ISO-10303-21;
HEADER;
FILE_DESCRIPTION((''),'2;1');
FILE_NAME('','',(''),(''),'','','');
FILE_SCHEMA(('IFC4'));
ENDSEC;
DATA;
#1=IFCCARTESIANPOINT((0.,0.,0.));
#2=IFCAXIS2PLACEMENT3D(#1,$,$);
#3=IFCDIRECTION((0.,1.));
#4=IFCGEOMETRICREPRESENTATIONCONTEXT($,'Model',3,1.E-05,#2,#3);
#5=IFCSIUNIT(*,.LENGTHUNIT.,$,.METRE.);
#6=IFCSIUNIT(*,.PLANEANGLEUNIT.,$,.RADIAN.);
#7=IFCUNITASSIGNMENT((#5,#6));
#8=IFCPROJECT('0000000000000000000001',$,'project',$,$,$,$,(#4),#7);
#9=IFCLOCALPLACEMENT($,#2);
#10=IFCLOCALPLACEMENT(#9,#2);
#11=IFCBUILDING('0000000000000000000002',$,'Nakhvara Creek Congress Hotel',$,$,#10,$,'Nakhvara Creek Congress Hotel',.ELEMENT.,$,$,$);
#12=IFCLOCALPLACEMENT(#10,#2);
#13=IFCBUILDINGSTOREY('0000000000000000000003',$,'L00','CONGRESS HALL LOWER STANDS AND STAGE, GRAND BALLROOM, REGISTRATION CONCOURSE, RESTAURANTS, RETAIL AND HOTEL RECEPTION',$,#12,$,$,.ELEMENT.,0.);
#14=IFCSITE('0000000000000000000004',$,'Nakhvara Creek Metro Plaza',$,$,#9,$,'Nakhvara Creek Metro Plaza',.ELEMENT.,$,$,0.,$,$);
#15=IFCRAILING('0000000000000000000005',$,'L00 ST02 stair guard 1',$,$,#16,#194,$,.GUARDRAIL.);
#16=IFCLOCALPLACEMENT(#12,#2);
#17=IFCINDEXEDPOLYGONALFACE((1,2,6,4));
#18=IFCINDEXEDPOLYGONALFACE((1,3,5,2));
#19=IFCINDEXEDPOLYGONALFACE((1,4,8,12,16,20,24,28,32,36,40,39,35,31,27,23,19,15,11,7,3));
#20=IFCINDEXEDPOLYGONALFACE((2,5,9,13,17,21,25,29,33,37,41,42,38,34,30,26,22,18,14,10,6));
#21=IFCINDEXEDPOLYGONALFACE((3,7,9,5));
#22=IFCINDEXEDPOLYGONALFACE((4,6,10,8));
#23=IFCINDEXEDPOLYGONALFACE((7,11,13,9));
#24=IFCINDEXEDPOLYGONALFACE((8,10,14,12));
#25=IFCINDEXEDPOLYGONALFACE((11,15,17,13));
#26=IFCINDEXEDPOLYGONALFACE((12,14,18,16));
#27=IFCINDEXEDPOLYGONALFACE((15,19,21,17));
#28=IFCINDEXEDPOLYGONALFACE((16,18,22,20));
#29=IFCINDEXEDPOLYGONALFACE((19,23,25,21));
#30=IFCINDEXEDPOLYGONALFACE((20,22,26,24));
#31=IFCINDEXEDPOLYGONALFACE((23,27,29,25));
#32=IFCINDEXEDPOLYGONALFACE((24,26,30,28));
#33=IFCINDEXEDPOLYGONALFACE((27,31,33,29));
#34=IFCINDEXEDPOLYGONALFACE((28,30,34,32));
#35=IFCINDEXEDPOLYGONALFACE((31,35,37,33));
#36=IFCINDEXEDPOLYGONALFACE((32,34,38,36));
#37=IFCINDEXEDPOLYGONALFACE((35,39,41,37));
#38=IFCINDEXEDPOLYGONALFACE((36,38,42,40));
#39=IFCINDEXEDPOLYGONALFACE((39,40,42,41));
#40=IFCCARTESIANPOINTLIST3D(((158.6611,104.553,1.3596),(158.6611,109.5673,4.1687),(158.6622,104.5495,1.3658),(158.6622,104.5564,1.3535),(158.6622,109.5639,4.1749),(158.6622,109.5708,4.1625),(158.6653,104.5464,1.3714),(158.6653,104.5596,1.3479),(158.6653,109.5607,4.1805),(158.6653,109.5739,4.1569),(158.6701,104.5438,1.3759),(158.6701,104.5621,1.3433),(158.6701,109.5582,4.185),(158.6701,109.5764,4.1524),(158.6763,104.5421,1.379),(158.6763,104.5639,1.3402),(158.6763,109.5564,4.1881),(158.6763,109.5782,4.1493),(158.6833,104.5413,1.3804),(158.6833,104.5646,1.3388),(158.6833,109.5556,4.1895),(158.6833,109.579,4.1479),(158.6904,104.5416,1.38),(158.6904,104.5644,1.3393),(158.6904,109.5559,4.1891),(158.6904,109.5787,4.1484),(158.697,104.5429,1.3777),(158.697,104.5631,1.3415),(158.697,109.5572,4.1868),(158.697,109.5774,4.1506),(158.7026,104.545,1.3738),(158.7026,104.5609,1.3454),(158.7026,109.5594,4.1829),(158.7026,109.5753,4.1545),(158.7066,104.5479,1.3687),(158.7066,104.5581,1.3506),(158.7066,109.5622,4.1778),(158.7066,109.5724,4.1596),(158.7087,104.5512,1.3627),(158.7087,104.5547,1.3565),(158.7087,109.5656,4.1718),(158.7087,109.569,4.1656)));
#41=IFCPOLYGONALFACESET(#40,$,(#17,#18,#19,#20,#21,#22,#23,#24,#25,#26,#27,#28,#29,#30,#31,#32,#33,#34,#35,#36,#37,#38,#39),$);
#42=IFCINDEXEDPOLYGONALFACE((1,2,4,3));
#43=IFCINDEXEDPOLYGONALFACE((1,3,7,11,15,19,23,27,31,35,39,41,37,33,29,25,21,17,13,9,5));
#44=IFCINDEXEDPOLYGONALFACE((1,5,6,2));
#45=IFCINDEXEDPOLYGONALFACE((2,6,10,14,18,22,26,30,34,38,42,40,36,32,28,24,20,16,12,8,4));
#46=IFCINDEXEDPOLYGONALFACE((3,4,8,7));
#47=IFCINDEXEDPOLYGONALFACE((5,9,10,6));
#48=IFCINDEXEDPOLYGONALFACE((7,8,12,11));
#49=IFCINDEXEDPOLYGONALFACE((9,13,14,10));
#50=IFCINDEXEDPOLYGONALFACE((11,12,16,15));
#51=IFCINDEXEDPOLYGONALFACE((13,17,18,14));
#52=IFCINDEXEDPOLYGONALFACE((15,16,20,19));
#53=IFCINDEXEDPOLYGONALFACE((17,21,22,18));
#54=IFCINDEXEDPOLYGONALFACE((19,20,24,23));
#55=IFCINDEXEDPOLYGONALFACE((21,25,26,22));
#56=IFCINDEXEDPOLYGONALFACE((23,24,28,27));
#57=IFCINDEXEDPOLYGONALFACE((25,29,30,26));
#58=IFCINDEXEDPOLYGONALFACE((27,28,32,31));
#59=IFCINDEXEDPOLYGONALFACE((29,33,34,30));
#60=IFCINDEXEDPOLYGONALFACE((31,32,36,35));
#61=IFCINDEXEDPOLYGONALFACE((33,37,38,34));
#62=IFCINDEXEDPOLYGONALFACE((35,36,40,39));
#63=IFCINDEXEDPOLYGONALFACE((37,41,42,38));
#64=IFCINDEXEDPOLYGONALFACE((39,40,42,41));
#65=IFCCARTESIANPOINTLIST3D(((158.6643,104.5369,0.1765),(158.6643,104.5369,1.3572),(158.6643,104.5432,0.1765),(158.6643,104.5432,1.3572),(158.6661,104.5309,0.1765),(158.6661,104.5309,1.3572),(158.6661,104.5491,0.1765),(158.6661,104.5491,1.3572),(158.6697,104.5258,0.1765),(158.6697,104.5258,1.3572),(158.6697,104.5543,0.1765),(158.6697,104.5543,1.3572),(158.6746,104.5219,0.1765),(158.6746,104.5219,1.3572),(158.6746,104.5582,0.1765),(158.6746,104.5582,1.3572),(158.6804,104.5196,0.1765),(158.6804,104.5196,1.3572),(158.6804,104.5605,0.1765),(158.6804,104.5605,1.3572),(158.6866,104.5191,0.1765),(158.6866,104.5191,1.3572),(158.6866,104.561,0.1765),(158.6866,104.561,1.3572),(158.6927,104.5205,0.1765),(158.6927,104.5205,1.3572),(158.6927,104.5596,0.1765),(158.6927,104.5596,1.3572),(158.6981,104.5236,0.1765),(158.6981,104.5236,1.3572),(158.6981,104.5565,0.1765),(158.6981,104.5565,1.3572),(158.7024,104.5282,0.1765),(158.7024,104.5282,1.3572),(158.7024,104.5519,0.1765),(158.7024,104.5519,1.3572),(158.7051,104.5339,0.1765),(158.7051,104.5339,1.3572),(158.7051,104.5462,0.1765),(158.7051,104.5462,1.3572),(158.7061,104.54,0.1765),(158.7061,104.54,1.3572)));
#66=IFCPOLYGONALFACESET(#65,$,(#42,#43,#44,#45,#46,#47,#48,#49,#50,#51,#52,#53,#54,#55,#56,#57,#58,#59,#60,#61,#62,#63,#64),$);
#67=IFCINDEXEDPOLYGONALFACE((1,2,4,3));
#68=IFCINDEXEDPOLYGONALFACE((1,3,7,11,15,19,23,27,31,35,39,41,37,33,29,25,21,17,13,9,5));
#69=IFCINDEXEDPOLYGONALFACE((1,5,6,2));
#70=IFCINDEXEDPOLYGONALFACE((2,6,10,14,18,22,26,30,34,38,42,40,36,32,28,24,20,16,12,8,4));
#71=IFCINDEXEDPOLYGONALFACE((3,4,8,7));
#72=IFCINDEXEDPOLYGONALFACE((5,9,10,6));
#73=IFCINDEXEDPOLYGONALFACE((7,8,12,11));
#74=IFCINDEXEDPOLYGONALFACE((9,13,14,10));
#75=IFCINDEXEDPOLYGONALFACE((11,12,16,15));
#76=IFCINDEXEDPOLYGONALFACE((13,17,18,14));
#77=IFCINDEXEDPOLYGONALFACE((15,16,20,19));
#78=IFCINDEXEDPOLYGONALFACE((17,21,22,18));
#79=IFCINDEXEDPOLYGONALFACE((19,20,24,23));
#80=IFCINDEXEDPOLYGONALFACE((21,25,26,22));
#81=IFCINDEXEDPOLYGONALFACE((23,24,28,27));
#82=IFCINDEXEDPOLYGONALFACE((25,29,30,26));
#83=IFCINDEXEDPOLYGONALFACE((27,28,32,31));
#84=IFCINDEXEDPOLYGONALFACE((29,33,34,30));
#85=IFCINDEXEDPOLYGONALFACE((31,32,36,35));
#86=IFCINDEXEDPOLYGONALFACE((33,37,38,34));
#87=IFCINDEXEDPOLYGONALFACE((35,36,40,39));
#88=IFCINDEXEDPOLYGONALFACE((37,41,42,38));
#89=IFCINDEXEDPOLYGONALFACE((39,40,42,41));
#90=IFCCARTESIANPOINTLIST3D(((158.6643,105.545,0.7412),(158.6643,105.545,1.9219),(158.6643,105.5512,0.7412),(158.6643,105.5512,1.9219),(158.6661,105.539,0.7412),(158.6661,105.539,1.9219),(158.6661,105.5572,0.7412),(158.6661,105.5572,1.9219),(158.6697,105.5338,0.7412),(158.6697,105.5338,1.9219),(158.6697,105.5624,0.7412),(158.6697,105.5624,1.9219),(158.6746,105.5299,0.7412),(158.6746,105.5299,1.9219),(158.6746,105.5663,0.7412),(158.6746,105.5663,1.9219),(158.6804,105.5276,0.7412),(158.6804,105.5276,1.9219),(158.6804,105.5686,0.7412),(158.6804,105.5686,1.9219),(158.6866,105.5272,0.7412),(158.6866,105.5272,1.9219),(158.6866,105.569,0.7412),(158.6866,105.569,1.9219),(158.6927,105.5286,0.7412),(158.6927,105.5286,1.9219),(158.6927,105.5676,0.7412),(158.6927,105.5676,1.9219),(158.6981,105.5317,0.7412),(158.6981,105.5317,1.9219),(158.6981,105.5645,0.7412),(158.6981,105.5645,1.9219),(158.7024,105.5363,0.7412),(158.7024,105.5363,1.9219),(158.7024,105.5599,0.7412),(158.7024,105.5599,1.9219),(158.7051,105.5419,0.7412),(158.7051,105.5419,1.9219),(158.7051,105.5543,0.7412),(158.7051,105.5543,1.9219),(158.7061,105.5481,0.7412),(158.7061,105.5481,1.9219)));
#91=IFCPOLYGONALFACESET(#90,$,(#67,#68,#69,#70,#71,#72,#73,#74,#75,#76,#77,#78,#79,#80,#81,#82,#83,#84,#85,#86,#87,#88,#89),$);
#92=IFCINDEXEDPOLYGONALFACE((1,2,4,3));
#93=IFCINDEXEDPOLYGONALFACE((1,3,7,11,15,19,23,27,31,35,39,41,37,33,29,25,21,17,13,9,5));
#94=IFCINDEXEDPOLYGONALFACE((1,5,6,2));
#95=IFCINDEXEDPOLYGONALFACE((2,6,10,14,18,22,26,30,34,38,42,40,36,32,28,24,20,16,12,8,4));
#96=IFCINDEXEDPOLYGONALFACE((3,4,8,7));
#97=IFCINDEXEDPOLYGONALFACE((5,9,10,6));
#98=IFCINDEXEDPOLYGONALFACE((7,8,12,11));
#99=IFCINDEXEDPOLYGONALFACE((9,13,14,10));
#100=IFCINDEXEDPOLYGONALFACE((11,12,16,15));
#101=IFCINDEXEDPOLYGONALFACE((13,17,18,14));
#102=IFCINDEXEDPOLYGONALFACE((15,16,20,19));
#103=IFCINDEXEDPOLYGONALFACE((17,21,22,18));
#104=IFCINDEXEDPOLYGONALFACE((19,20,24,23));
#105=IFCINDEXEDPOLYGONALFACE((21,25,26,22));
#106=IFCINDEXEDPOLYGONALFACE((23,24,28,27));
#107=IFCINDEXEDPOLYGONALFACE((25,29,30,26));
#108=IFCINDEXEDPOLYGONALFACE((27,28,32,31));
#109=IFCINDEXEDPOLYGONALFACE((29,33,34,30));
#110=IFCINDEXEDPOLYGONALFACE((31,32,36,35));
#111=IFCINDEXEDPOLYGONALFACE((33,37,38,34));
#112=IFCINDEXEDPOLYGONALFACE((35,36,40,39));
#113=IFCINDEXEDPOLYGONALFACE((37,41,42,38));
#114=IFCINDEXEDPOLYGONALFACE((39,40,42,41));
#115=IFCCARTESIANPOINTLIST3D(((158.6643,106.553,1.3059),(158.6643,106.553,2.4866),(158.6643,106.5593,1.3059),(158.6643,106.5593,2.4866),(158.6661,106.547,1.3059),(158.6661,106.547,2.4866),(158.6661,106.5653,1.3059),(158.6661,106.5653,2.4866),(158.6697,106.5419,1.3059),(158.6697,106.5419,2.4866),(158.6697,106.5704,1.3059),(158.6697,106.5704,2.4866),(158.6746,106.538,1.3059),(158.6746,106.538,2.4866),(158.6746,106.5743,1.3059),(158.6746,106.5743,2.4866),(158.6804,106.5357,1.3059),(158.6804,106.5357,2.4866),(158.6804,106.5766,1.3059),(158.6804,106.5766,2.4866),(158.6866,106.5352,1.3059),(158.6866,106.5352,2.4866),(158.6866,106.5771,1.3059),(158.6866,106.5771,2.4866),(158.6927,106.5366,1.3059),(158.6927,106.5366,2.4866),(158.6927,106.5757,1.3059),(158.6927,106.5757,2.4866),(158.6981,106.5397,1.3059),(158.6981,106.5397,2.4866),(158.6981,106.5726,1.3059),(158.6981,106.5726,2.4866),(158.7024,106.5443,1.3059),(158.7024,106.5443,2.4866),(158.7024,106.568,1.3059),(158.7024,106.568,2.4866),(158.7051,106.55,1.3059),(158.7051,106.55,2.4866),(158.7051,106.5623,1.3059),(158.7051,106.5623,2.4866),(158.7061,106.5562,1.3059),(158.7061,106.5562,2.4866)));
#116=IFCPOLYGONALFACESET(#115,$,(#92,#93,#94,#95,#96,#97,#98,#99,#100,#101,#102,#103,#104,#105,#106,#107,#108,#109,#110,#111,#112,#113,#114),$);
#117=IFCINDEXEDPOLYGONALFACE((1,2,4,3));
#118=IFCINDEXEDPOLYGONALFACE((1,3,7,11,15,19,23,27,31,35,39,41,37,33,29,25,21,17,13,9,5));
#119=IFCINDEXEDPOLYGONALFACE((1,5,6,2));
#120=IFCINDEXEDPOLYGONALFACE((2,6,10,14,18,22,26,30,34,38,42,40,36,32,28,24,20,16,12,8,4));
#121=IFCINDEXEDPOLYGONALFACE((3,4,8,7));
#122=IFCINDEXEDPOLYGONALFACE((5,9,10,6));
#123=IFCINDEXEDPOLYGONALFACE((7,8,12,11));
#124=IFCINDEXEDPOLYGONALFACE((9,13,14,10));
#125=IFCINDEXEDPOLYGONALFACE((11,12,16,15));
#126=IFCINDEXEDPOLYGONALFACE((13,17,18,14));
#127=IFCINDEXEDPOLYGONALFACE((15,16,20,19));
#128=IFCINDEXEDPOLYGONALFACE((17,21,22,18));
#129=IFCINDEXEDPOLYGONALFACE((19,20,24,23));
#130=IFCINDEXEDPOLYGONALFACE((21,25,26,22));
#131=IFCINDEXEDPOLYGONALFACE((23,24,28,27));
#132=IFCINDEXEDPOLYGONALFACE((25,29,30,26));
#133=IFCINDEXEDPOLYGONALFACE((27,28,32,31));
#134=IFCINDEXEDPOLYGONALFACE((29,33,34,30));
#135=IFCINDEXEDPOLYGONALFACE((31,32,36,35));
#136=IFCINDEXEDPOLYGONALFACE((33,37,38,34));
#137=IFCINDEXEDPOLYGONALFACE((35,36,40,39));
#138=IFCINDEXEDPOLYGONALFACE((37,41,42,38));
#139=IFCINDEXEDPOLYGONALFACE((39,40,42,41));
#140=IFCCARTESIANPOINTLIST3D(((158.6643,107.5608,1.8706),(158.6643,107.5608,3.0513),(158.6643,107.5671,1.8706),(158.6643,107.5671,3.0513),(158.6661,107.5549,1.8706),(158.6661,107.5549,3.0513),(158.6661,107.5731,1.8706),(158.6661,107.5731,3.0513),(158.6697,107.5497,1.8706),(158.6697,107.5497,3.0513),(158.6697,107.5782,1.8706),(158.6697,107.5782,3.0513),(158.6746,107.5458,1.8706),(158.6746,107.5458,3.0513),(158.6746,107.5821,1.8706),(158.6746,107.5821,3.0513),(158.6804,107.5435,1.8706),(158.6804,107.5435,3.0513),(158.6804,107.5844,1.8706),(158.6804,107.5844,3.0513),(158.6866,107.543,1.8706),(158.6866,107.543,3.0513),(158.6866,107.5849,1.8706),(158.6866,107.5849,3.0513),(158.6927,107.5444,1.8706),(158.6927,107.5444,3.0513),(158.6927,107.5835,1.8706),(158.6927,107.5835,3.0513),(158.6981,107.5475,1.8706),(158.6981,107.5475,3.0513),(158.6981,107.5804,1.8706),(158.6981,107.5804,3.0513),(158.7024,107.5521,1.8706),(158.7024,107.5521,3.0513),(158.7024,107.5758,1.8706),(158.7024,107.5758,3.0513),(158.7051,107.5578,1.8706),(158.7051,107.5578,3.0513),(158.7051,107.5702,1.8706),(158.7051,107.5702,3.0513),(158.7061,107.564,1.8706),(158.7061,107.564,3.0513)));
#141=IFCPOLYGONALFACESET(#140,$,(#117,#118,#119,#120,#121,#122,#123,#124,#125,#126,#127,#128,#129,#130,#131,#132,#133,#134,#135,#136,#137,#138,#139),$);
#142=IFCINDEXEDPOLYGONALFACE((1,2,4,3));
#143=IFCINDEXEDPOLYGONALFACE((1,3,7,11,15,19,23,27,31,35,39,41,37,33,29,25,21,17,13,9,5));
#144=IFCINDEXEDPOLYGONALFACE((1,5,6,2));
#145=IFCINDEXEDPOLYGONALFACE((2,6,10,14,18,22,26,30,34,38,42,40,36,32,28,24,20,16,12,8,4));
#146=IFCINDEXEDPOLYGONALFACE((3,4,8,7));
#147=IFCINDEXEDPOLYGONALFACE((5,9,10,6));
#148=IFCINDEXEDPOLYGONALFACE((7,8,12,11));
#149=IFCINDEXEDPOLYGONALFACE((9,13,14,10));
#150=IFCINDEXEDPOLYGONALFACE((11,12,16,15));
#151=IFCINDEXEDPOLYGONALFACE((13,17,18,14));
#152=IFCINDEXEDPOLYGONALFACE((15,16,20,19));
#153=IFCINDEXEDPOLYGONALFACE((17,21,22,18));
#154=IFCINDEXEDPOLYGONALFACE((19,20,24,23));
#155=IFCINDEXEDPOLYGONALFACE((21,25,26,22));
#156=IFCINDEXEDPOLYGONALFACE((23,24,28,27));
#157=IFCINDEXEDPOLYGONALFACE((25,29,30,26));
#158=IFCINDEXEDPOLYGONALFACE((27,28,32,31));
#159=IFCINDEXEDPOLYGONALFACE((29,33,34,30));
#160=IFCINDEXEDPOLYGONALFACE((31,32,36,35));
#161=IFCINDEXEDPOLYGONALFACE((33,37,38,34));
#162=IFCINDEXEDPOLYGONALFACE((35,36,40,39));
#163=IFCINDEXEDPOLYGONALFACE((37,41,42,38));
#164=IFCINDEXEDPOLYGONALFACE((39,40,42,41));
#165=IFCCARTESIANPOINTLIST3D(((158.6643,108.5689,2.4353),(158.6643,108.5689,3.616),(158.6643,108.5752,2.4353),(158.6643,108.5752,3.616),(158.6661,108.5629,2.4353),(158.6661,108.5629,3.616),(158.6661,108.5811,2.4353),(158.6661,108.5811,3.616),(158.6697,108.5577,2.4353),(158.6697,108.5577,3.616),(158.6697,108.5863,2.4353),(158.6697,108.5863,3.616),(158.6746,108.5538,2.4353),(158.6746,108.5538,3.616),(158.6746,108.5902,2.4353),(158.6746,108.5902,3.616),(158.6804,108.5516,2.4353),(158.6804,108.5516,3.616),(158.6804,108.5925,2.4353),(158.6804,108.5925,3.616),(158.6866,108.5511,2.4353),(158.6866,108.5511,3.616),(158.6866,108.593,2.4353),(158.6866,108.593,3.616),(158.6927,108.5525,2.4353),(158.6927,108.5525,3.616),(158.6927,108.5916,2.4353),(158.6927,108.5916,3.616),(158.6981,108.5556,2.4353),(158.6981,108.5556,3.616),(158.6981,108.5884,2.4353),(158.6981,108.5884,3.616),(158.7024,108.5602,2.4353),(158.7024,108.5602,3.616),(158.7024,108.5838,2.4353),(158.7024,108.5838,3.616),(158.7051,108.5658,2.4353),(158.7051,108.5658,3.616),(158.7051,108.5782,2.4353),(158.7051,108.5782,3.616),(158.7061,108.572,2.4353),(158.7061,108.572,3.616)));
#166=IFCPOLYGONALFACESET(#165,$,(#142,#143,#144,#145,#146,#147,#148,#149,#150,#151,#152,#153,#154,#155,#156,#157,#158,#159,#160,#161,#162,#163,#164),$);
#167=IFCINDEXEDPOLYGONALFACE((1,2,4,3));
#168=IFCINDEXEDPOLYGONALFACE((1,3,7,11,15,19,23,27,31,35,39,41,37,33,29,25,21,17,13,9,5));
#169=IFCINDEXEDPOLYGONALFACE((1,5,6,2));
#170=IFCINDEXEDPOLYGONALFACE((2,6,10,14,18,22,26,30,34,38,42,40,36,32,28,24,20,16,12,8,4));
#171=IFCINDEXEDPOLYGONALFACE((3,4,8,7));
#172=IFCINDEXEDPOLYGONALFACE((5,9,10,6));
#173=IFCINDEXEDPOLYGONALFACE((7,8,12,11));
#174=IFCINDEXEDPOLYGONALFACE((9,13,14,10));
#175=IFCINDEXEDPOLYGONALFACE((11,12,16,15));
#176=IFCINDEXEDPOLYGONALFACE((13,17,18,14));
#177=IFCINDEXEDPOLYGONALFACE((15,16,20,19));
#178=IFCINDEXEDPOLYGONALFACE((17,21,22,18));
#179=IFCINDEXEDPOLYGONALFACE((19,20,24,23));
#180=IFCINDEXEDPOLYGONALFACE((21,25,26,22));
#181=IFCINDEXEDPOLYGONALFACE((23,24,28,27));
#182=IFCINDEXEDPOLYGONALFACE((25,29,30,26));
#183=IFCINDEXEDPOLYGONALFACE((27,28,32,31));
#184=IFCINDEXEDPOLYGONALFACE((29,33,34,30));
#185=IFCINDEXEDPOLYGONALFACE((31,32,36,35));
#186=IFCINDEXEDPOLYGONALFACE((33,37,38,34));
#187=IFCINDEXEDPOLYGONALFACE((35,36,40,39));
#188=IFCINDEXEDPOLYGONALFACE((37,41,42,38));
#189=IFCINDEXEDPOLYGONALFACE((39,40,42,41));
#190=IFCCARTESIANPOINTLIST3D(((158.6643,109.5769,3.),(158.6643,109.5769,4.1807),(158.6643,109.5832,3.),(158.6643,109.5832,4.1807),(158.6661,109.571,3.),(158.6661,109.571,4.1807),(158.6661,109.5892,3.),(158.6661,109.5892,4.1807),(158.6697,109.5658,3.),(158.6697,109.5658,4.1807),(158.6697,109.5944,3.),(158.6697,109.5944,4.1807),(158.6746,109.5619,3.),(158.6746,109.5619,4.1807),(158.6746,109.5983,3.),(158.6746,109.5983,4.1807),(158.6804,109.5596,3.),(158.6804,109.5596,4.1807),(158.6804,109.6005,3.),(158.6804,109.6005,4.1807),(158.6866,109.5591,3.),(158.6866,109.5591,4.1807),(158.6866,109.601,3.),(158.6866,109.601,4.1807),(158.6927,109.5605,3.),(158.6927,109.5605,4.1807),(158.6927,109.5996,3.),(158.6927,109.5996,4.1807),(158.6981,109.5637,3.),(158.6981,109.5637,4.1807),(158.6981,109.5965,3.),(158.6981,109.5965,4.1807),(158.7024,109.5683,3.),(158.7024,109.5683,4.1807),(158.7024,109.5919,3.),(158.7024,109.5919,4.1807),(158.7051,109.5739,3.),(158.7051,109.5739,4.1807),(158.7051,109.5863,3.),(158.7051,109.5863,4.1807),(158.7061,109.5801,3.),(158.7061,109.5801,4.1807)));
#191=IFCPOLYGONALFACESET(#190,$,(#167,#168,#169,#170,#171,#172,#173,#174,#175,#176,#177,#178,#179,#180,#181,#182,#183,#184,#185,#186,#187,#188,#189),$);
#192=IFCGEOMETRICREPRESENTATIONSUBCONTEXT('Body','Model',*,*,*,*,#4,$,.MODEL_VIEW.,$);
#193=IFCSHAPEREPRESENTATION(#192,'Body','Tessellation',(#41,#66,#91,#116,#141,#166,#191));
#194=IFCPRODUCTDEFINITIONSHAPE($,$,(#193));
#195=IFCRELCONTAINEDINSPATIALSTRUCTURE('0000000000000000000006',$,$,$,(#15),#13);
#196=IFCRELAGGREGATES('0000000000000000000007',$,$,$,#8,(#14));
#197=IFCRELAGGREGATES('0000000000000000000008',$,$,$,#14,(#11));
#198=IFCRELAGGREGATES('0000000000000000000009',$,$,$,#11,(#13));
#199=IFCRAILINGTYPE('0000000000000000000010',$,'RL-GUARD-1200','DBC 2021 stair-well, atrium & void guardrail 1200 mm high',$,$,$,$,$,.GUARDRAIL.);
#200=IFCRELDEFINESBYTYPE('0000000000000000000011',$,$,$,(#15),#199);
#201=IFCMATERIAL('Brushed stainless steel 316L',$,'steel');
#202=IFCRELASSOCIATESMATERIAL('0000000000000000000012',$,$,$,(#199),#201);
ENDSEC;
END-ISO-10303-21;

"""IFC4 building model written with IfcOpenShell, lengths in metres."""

from ifc_helpers import new_model, si_unit, direction, frame, origin, origin_2d, place, context, subcontext, project, spatial, circle, extrude, material, type_object, element, save


model = new_model("IFC4")

# Units and contexts
model_context = context("Model", 3, precision=1e-05, world=origin(), true_north=direction((0.0, 1.0)))
body_context = subcontext(model_context, "Body", "Model", "MODEL_VIEW")
ifc_project = project(units=[si_unit("LENGTHUNIT", "METRE"), si_unit("PLANEANGLEUNIT", "RADIAN")], contexts=[model_context])

# Site, building, storey
site_placement = place(None, origin())
site = spatial("IfcSite", under=ifc_project, at=site_placement, Name="Nakhvara Creek Metro Plaza", LongName="Nakhvara Creek Metro Plaza", CompositionType="ELEMENT", RefElevation=0.0)
building_placement = place(site_placement, origin())
building = spatial("IfcBuilding", under=site, at=building_placement, Name="Nakhvara Creek Congress Hotel", LongName="Nakhvara Creek Congress Hotel", CompositionType="ELEMENT")
storey_placement = place(building_placement, origin())
storey = spatial("IfcBuildingStorey", under=building, at=storey_placement, Name="L00", Description="CONGRESS HALL LOWER STANDS AND STAGE, GRAND BALLROOM, REGISTRATION CONCOURSE, RESTAURANTS, RETAIL AND HOTEL RECEPTION", CompositionType="ELEMENT", Elevation=0.0)

# Railing
ifc_material_1 = material(Name="Brushed stainless steel 316L", Category="steel")
railing_type_1 = type_object("IfcRailingType", Name="RL-GUARD-1200", Description="DBC 2021 stair-well, atrium & void guardrail 1200 mm high", PredefinedType="GUARDRAIL", material=ifc_material_1)
railing_1_placement = place(storey_placement, frame((158.6851, 104.54, 0.1765)))
element("IfcRailing", 1, at=railing_1_placement, inside=storey, type_object=railing_type_1, Name="L00 ST02 stair guard 1", PredefinedType="GUARDRAIL", context=body_context, shape_type="SweptSolid", body=[
    extrude(circle(Radius=0.0239, at=origin_2d()), frame((0.0, 0.0129, 1.1831), z_axis=(0.0, 0.872427, 0.488744), x_axis=(-1.0, 0.0, 0.0)), (0.0, 0.0, 1.0), 5.7476),
    extrude(circle(Radius=0.021, at=origin_2d()), origin(), (0.0, 0.0, 1.0), 1.1807),
    extrude(circle(Radius=0.021, at=origin_2d()), frame((0.0, 1.0081, 0.5647)), (0.0, 0.0, 1.0), 1.1807),
    extrude(circle(Radius=0.021, at=origin_2d()), frame((0.0, 2.0161, 1.1294)), (0.0, 0.0, 1.0), 1.1807),
    extrude(circle(Radius=0.021, at=origin_2d()), frame((0.0, 3.0239, 1.6941)), (0.0, 0.0, 1.0), 1.1807),
    extrude(circle(Radius=0.021, at=origin_2d()), frame((0.0, 4.032, 2.2588)), (0.0, 0.0, 1.0), 1.1807),
    extrude(circle(Radius=0.021, at=origin_2d()), frame((0.0, 5.04, 2.8235)), (0.0, 0.0, 1.0), 1.1807),
])

save(model, "model.ifc")
